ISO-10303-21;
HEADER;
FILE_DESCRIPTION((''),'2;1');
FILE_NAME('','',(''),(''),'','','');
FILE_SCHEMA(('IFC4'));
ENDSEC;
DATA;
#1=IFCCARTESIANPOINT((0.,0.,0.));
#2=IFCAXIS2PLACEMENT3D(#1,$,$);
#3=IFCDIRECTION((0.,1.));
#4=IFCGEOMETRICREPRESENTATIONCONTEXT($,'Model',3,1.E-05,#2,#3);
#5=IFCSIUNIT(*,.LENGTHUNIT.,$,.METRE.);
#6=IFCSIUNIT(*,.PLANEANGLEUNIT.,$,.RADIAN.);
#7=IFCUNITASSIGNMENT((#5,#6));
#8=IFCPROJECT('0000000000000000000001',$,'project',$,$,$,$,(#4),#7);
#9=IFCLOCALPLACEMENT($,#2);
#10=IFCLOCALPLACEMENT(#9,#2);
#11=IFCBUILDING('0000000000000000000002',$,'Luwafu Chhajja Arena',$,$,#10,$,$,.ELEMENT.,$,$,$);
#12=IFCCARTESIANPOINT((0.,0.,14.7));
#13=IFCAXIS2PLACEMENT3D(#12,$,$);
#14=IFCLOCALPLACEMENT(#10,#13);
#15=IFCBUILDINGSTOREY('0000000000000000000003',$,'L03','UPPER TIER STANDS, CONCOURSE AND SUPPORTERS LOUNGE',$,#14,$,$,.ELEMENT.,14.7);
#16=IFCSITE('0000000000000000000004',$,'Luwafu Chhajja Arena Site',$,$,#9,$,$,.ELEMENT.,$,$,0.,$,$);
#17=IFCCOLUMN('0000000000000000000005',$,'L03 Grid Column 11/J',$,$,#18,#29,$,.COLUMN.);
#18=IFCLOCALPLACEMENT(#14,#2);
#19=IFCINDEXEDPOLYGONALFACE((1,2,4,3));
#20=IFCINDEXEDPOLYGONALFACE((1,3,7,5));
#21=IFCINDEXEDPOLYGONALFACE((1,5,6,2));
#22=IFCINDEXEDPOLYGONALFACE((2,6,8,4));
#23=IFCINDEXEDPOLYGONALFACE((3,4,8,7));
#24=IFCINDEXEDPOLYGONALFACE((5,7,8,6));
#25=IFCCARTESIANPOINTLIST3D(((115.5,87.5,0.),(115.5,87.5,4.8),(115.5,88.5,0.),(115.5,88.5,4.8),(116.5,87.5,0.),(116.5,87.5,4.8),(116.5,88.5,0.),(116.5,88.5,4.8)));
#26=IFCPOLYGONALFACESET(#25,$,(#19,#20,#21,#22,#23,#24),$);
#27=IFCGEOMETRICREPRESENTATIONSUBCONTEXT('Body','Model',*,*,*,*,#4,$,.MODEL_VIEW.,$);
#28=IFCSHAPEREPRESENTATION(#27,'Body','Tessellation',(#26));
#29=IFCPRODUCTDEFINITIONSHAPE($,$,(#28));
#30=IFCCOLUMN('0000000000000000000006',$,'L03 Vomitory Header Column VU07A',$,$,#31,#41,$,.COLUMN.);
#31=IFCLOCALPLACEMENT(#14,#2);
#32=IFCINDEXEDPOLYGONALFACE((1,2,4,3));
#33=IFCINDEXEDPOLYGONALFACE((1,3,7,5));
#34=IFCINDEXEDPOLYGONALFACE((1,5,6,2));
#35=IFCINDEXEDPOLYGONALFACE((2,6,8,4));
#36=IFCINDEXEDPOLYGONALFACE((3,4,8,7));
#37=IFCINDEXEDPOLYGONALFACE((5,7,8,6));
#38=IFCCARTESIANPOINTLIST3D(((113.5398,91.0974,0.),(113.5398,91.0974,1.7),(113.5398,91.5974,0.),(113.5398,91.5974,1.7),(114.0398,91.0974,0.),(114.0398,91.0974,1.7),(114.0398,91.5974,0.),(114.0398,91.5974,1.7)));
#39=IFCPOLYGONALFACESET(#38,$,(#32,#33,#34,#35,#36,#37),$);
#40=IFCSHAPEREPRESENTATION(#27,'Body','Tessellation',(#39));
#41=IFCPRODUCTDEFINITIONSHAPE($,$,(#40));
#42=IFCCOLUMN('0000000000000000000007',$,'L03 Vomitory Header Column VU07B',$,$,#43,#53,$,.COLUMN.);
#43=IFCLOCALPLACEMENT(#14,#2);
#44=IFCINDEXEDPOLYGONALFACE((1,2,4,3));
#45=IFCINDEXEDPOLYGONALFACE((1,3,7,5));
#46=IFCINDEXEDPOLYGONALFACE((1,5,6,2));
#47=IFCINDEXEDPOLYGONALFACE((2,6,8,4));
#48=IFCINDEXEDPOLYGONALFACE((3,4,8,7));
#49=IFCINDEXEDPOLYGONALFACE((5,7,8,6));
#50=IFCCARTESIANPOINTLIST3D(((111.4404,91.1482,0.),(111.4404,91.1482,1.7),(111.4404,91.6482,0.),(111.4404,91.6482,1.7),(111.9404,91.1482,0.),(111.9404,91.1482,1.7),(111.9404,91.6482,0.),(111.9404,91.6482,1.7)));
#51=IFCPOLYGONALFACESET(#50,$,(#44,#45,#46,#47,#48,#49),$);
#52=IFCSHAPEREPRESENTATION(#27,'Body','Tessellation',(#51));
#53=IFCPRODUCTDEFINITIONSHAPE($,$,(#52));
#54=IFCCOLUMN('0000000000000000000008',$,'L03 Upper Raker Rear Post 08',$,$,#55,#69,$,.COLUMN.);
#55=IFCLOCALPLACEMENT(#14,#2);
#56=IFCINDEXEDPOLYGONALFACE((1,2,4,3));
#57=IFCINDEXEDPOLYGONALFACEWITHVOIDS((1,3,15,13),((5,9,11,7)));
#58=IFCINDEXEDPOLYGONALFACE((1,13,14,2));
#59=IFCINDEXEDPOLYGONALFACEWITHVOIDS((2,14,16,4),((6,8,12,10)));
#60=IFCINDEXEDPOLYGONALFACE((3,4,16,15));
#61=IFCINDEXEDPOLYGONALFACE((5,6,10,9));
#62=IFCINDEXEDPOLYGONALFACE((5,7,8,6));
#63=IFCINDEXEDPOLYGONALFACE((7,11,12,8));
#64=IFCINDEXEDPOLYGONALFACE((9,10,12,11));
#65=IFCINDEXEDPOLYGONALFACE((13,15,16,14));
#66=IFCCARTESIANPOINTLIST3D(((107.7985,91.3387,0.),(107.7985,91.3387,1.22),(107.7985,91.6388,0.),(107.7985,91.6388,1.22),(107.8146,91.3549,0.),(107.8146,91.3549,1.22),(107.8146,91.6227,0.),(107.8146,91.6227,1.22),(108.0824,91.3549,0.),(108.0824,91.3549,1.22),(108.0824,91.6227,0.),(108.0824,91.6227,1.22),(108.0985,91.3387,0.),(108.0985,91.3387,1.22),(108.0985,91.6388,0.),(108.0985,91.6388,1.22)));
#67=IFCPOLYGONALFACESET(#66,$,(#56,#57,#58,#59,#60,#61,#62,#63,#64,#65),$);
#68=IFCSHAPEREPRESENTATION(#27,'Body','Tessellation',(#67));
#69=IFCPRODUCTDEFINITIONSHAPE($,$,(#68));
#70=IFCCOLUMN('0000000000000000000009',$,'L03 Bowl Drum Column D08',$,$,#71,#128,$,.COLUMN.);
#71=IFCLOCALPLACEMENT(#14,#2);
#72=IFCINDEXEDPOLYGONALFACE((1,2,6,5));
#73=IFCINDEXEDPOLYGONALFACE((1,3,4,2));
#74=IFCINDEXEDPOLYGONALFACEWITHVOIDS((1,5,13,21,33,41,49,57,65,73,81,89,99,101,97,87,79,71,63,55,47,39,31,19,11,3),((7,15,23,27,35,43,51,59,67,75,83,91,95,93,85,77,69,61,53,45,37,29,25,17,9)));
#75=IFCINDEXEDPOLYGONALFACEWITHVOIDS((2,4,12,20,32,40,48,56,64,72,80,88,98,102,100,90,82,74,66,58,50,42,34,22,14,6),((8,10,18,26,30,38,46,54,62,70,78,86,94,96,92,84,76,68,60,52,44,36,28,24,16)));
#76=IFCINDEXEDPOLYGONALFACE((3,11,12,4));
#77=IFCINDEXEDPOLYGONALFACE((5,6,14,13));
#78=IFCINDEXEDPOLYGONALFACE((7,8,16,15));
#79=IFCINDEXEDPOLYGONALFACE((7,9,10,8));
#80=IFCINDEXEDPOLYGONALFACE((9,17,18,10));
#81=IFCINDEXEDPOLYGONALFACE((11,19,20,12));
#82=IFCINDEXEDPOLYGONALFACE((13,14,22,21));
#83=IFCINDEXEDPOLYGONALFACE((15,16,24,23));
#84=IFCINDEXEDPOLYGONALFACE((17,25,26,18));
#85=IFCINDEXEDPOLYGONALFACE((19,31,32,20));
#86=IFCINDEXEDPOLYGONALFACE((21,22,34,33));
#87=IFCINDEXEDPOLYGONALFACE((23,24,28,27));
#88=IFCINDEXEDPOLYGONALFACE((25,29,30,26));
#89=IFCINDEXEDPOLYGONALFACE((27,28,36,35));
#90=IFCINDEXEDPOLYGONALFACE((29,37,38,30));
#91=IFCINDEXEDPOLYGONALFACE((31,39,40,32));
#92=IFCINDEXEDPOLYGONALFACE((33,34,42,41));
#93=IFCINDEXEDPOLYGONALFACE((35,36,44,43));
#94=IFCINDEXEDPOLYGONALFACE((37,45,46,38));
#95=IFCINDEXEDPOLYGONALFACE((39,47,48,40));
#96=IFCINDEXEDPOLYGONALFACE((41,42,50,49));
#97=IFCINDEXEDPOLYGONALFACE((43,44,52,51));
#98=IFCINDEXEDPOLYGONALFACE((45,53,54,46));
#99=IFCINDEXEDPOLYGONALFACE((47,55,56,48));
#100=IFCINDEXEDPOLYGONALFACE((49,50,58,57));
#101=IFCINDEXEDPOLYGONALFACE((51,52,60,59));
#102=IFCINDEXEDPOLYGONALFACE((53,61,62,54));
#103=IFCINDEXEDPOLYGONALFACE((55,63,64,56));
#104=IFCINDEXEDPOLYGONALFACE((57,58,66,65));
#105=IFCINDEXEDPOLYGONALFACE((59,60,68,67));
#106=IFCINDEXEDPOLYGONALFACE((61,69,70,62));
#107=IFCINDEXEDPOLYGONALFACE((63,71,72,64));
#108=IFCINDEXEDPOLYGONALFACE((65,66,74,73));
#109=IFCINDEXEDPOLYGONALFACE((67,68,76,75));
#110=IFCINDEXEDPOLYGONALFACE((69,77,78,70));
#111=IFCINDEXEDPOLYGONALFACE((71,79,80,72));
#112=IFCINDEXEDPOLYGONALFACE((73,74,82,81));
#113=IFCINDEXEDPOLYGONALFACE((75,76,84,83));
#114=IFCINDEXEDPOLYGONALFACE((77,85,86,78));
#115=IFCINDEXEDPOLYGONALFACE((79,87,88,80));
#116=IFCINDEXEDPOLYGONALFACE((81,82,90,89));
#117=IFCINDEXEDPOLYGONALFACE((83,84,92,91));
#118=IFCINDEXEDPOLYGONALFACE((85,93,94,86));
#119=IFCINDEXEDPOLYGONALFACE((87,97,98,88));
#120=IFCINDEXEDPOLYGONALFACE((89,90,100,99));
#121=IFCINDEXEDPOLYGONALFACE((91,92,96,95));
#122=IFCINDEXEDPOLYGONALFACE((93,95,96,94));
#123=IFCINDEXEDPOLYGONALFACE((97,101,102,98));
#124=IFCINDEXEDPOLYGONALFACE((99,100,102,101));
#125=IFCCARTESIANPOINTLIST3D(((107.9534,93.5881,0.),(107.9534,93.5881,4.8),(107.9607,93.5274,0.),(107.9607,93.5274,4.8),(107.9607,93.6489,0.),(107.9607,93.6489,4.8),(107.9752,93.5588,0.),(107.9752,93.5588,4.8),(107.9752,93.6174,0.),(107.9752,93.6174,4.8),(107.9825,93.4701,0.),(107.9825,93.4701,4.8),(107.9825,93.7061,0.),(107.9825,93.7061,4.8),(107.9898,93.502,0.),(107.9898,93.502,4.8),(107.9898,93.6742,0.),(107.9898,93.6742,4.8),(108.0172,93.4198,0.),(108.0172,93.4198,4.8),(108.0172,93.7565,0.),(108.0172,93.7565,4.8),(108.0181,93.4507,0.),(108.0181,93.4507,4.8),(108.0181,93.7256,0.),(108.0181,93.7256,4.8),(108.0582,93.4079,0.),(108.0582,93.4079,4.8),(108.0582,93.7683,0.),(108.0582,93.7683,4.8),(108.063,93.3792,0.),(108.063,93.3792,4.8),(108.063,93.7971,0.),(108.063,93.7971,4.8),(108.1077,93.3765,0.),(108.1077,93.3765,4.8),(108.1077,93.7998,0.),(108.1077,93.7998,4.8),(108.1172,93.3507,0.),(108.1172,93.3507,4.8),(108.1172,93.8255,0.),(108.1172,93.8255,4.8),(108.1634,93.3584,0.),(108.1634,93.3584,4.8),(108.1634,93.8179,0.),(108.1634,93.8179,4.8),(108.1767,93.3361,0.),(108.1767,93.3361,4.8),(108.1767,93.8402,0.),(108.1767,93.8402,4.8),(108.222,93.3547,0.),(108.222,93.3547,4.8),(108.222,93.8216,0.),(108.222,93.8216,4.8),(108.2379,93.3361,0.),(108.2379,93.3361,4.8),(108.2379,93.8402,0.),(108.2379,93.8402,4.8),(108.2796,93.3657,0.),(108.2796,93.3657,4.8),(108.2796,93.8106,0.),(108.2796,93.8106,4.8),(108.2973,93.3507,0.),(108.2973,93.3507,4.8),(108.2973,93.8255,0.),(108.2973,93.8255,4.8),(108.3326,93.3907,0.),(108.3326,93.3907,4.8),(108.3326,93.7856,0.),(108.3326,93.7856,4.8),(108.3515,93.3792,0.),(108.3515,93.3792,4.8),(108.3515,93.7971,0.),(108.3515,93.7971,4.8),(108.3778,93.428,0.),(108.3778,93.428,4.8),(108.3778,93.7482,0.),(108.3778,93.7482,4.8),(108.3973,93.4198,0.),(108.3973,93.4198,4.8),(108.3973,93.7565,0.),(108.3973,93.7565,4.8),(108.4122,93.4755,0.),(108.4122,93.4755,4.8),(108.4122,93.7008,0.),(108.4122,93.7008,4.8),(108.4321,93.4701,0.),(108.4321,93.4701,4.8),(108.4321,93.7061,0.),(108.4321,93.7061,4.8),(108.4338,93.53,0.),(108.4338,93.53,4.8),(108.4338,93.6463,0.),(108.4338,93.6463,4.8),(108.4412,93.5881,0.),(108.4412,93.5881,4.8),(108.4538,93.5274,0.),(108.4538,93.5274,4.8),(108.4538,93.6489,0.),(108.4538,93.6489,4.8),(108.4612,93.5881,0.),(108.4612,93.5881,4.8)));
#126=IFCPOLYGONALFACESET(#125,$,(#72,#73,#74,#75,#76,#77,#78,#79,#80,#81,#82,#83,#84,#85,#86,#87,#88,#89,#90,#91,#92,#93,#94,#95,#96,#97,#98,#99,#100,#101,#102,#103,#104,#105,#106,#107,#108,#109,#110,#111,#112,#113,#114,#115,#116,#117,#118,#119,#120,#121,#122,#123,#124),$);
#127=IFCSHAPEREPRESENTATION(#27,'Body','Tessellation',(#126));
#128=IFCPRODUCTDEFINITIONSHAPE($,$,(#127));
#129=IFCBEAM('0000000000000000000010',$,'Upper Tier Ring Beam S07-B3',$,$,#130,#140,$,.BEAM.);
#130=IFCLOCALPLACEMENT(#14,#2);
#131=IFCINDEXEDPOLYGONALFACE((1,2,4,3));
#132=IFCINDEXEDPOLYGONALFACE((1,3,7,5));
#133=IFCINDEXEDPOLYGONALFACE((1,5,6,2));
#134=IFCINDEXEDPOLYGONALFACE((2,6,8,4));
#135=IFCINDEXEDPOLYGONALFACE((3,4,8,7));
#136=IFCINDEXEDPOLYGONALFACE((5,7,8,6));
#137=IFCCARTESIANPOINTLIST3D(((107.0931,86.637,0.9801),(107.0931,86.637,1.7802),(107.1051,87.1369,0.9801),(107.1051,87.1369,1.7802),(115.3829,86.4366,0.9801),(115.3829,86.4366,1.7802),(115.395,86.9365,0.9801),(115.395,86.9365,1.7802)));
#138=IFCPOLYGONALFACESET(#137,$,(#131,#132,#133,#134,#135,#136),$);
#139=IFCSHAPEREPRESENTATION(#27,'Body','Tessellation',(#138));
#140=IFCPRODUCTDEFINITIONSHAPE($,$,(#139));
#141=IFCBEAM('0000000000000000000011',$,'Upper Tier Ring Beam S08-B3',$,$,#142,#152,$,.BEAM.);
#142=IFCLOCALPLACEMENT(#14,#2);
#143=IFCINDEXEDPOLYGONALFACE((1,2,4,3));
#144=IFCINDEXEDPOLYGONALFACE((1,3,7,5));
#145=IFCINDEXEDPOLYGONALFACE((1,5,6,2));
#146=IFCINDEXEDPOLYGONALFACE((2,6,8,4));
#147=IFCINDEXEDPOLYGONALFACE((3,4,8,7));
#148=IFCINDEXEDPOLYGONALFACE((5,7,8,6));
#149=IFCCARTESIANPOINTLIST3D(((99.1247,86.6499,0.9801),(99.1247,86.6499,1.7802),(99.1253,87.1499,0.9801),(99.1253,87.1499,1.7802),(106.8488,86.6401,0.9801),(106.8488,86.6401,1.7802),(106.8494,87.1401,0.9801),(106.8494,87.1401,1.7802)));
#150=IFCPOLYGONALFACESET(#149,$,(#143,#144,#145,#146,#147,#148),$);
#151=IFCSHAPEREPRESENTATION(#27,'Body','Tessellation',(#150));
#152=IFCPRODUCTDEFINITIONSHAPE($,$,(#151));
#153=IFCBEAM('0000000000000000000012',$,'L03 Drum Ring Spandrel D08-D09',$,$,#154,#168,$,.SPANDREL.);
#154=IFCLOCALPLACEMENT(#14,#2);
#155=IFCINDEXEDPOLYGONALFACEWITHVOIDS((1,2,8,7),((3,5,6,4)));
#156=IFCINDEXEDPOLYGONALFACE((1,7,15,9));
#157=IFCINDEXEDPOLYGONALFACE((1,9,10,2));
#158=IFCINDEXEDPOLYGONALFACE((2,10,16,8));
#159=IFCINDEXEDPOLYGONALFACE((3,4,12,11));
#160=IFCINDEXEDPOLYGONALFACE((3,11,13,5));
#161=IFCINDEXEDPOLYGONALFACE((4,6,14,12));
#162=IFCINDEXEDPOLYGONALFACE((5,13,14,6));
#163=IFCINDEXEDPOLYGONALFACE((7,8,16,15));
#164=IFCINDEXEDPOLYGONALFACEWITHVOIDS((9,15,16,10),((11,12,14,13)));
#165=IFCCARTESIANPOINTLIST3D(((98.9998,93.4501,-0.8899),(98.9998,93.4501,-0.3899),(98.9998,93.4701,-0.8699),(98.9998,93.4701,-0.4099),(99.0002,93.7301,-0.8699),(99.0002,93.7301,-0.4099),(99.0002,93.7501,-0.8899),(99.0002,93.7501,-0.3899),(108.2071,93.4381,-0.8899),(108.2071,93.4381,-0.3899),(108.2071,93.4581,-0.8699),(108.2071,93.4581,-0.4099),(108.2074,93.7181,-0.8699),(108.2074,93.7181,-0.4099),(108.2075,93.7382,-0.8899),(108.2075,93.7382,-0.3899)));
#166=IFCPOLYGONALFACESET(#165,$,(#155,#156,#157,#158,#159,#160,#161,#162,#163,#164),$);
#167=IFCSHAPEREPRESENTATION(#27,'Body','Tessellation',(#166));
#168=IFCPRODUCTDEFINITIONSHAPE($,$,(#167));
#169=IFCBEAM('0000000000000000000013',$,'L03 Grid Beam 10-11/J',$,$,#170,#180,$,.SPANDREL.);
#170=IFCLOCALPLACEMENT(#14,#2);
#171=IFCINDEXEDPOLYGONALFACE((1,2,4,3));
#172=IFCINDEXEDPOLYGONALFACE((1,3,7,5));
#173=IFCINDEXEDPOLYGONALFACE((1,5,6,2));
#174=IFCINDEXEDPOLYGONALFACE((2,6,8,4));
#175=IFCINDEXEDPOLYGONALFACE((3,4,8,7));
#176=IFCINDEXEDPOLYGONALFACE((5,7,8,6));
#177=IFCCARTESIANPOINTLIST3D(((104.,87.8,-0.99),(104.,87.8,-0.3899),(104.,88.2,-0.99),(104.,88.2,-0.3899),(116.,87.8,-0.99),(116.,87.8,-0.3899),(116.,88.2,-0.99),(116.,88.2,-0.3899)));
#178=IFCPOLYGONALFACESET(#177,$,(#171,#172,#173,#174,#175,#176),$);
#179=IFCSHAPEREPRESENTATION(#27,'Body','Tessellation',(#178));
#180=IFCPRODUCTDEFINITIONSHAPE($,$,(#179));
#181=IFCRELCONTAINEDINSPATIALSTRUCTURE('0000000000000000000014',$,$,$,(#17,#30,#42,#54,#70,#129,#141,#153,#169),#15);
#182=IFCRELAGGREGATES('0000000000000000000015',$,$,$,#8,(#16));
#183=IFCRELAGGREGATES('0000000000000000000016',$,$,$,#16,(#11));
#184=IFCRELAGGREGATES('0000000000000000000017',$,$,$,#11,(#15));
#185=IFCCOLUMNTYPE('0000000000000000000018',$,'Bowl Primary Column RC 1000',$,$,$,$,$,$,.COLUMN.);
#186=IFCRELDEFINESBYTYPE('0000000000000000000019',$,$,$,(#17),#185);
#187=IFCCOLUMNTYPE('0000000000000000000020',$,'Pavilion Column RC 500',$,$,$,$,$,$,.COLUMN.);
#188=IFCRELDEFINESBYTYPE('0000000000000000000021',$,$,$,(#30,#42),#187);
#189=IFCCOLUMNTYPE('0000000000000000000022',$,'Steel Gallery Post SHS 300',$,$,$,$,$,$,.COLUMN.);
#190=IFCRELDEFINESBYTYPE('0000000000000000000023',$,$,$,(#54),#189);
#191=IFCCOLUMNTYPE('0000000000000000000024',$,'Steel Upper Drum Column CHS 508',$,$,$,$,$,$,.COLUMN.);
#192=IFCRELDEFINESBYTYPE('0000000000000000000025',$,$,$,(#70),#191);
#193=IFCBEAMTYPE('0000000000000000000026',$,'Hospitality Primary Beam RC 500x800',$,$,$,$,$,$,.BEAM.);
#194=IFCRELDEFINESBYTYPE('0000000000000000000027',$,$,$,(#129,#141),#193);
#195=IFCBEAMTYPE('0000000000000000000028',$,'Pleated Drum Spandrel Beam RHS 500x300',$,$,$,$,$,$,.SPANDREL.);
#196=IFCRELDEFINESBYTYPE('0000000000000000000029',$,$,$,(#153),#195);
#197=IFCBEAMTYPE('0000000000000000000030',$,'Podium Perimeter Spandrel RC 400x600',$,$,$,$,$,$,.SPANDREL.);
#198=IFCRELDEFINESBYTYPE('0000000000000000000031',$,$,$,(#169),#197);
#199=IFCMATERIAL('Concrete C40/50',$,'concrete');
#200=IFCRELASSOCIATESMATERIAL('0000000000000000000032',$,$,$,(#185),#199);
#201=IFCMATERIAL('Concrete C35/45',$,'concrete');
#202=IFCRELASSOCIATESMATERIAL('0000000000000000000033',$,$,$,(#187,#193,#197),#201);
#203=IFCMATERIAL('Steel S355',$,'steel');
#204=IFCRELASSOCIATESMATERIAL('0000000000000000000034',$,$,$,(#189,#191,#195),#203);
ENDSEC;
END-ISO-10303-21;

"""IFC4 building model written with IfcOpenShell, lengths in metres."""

from ifc_helpers import new_model, si_unit, direction, frame, origin, origin_2d, place, context, subcontext, project, spatial, rectangle, hollow_rectangle, hollow_circle, extrude, material, material_profile, profile_set, type_object, element, save


model = new_model("IFC4")

# Units and contexts
model_context = context("Model", 3, precision=1e-05, world=origin(), true_north=direction((0.0, 1.0)))
body_context = subcontext(model_context, "Body", "Model", "MODEL_VIEW")
ifc_project = project(units=[si_unit("LENGTHUNIT", "METRE"), si_unit("PLANEANGLEUNIT", "RADIAN")], contexts=[model_context])

# Site, building, storey
site_placement = place(None, origin())
site = spatial("IfcSite", under=ifc_project, at=site_placement, Name="Luwafu Chhajja Arena Site", CompositionType="ELEMENT", RefElevation=0.0)
building_placement = place(site_placement, origin())
building = spatial("IfcBuilding", under=site, at=building_placement, Name="Luwafu Chhajja Arena", CompositionType="ELEMENT")
storey_placement = place(building_placement, frame((0.0, 0.0, 14.7)))
storey = spatial("IfcBuildingStorey", under=building, at=storey_placement, Name="L03", Description="UPPER TIER STANDS, CONCOURSE AND SUPPORTERS LOUNGE", CompositionType="ELEMENT", Elevation=14.7)

# Columns
ifc_material_1 = material(Name="Concrete C40/50", Category="concrete")
ifc_material_profile_1 = material_profile(ifc_material_1, rectangle(XDim=1.0, YDim=1.0, at=origin_2d()), Name="RC 1000x1000")
ifc_profile_set_1 = profile_set([ifc_material_profile_1], Name="Concrete C40/50")
column_type_1 = type_object("IfcColumnType", Name="Bowl Primary Column RC 1000", PredefinedType="COLUMN", material=ifc_profile_set_1)
column_1_placement = place(storey_placement, frame((116.0, 88.0, 0.0), z_axis=(0.0, 0.0, 1.0), x_axis=(1.0, 0.0, 0.0)))
element("IfcColumn", 1, at=column_1_placement, inside=storey, type_object=column_type_1, Name="L03 Grid Column 11/J", PredefinedType="COLUMN", context=body_context, shape_type="SweptSolid", body=[
    extrude(rectangle(XDim=1.0, YDim=1.0, at=origin_2d()), origin(), (0.0, 0.0, 1.0), 4.8),
])
ifc_material_2 = material(Name="Concrete C35/45", Category="concrete")
ifc_material_profile_2 = material_profile(ifc_material_2, rectangle(XDim=0.5, YDim=0.5, at=origin_2d()), Name="RC 500x500")
ifc_profile_set_2 = profile_set([ifc_material_profile_2], Name="Concrete C35/45")
column_type_2 = type_object("IfcColumnType", Name="Pavilion Column RC 500", PredefinedType="COLUMN", material=ifc_profile_set_2)
for number, where, z_axis, x_axis, name in (
    (2, (113.7898, 91.3474, 0.0), (0.0, 0.0, 1.0), (1.0, 0.0, 0.0), "L03 Vomitory Header Column VU07A"),
    (3, (111.6904, 91.3982, 0.0), (0.0, 0.0, 1.0), (1.0, 0.0, 0.0), "L03 Vomitory Header Column VU07B"),
):
    element("IfcColumn", number, at=place(storey_placement, frame(where, z_axis=z_axis, x_axis=x_axis)), inside=storey, type_object=column_type_2, Name=name, PredefinedType="COLUMN", context=body_context, shape_type="SweptSolid", body=[
        extrude(rectangle(XDim=0.5, YDim=0.5, at=origin_2d()), origin(), (0.0, 0.0, 1.0), 1.7),
    ])
ifc_material_3 = material(Name="Steel S355", Category="steel")
ifc_material_profile_3 = material_profile(ifc_material_3, hollow_rectangle(XDim=0.3, YDim=0.3, WallThickness=0.0161, at=origin_2d()), Name="SHS 300x300x16")
ifc_profile_set_3 = profile_set([ifc_material_profile_3], Name="Steel S355")
column_type_3 = type_object("IfcColumnType", Name="Steel Gallery Post SHS 300", PredefinedType="COLUMN", material=ifc_profile_set_3)
column_2_placement = place(storey_placement, frame((107.9485, 91.4888, 0.0), z_axis=(0.0, 0.0, 1.0), x_axis=(1.0, 0.0, 0.0)))
element("IfcColumn", 4, at=column_2_placement, inside=storey, type_object=column_type_3, Name="L03 Upper Raker Rear Post 08", PredefinedType="COLUMN", context=body_context, shape_type="SweptSolid", body=[
    extrude(hollow_rectangle(XDim=0.3, YDim=0.3, WallThickness=0.0161, at=origin_2d()), origin(), (0.0, 0.0, 1.0), 1.22),
])
ifc_material_profile_4 = material_profile(ifc_material_3, hollow_circle(Radius=0.2539, WallThickness=0.02, at=origin_2d()), Name="CHS 508x20")
ifc_profile_set_4 = profile_set([ifc_material_profile_4], Name="Steel S355")
column_type_4 = type_object("IfcColumnType", Name="Steel Upper Drum Column CHS 508", PredefinedType="COLUMN", material=ifc_profile_set_4)
column_3_placement = place(storey_placement, frame((108.2073, 93.5881, 0.0), z_axis=(0.0, 0.0, 1.0), x_axis=(1.0, 0.0, 0.0)))
element("IfcColumn", 5, at=column_3_placement, inside=storey, type_object=column_type_4, Name="L03 Bowl Drum Column D08", PredefinedType="COLUMN", context=body_context, shape_type="SweptSolid", body=[
    extrude(hollow_circle(Radius=0.2539, WallThickness=0.02, at=origin_2d()), origin(), (0.0, 0.0, 1.0), 4.8),
])

# Beams
ifc_material_profile_5 = material_profile(ifc_material_2, rectangle(XDim=0.5, YDim=0.8, at=origin_2d()), Name="RC 500x800")
ifc_profile_set_5 = profile_set([ifc_material_profile_5], Name="Concrete C35/45")
beam_type_1 = type_object("IfcBeamType", Name="Hospitality Primary Beam RC 500x800", PredefinedType="BEAM", material=ifc_profile_set_5)
beam_1_placement = place(storey_placement, frame((115.3889, 86.6865, 1.3801), z_axis=(-0.999708, 0.024172, 0.0), x_axis=(-0.024172, -0.999708, 0.0)))
element("IfcBeam", 6, at=beam_1_placement, inside=storey, type_object=beam_type_1, Name="Upper Tier Ring Beam S07-B3", PredefinedType="BEAM", context=body_context, shape_type="SweptSolid", body=[
    extrude(rectangle(XDim=0.5, YDim=0.8, at=origin_2d()), origin(), (0.0, 0.0, 1.0), 8.2922),
])
beam_2_placement = place(storey_placement, frame((106.8491, 86.8901, 1.3801), z_axis=(-0.999999, 0.001264, 0.0), x_axis=(-0.001264, -0.999999, 0.0)))
element("IfcBeam", 7, at=beam_2_placement, inside=storey, type_object=beam_type_1, Name="Upper Tier Ring Beam S08-B3", PredefinedType="BEAM", context=body_context, shape_type="SweptSolid", body=[
    extrude(rectangle(XDim=0.5, YDim=0.8, at=origin_2d()), origin(), (0.0, 0.0, 1.0), 7.7241),
])
ifc_material_profile_6 = material_profile(ifc_material_3, hollow_rectangle(XDim=0.3, YDim=0.5, WallThickness=0.02, at=origin_2d()), Name="RHS 500x300x20")
ifc_profile_set_6 = profile_set([ifc_material_profile_6], Name="Steel S355")
beam_type_2 = type_object("IfcBeamType", Name="Pleated Drum Spandrel Beam RHS 500x300", PredefinedType="SPANDREL", material=ifc_profile_set_6)
beam_3_placement = place(storey_placement, frame((108.2073, 93.5881, -0.6399), z_axis=(-0.999999, 0.001299, 0.0), x_axis=(-0.001299, -0.999999, 0.0)))
element("IfcBeam", 8, at=beam_3_placement, inside=storey, type_object=beam_type_2, Name="L03 Drum Ring Spandrel D08-D09", PredefinedType="SPANDREL", context=body_context, shape_type="SweptSolid", body=[
    extrude(hollow_rectangle(XDim=0.3, YDim=0.5, WallThickness=0.02, at=origin_2d()), origin(), (0.0, 0.0, 1.0), 9.2073),
])
ifc_material_profile_7 = material_profile(ifc_material_2, rectangle(XDim=0.3999, YDim=0.6001, at=origin_2d()), Name="RC 400x600")
ifc_profile_set_7 = profile_set([ifc_material_profile_7], Name="Concrete C35/45")
beam_type_3 = type_object("IfcBeamType", Name="Podium Perimeter Spandrel RC 400x600", PredefinedType="SPANDREL", material=ifc_profile_set_7)
beam_4_placement = place(storey_placement, frame((104.0, 88.0, -0.6899), z_axis=(1.0, 0.0, 0.0), x_axis=(0.0, 1.0, 0.0)))
element("IfcBeam", 9, at=beam_4_placement, inside=storey, type_object=beam_type_3, Name="L03 Grid Beam 10-11/J", PredefinedType="SPANDREL", context=body_context, shape_type="SweptSolid", body=[
    extrude(rectangle(XDim=0.3999, YDim=0.6001, at=origin_2d()), origin(), (0.0, 0.0, 1.0), 12.0),
])

save(model, "model.ifc")
